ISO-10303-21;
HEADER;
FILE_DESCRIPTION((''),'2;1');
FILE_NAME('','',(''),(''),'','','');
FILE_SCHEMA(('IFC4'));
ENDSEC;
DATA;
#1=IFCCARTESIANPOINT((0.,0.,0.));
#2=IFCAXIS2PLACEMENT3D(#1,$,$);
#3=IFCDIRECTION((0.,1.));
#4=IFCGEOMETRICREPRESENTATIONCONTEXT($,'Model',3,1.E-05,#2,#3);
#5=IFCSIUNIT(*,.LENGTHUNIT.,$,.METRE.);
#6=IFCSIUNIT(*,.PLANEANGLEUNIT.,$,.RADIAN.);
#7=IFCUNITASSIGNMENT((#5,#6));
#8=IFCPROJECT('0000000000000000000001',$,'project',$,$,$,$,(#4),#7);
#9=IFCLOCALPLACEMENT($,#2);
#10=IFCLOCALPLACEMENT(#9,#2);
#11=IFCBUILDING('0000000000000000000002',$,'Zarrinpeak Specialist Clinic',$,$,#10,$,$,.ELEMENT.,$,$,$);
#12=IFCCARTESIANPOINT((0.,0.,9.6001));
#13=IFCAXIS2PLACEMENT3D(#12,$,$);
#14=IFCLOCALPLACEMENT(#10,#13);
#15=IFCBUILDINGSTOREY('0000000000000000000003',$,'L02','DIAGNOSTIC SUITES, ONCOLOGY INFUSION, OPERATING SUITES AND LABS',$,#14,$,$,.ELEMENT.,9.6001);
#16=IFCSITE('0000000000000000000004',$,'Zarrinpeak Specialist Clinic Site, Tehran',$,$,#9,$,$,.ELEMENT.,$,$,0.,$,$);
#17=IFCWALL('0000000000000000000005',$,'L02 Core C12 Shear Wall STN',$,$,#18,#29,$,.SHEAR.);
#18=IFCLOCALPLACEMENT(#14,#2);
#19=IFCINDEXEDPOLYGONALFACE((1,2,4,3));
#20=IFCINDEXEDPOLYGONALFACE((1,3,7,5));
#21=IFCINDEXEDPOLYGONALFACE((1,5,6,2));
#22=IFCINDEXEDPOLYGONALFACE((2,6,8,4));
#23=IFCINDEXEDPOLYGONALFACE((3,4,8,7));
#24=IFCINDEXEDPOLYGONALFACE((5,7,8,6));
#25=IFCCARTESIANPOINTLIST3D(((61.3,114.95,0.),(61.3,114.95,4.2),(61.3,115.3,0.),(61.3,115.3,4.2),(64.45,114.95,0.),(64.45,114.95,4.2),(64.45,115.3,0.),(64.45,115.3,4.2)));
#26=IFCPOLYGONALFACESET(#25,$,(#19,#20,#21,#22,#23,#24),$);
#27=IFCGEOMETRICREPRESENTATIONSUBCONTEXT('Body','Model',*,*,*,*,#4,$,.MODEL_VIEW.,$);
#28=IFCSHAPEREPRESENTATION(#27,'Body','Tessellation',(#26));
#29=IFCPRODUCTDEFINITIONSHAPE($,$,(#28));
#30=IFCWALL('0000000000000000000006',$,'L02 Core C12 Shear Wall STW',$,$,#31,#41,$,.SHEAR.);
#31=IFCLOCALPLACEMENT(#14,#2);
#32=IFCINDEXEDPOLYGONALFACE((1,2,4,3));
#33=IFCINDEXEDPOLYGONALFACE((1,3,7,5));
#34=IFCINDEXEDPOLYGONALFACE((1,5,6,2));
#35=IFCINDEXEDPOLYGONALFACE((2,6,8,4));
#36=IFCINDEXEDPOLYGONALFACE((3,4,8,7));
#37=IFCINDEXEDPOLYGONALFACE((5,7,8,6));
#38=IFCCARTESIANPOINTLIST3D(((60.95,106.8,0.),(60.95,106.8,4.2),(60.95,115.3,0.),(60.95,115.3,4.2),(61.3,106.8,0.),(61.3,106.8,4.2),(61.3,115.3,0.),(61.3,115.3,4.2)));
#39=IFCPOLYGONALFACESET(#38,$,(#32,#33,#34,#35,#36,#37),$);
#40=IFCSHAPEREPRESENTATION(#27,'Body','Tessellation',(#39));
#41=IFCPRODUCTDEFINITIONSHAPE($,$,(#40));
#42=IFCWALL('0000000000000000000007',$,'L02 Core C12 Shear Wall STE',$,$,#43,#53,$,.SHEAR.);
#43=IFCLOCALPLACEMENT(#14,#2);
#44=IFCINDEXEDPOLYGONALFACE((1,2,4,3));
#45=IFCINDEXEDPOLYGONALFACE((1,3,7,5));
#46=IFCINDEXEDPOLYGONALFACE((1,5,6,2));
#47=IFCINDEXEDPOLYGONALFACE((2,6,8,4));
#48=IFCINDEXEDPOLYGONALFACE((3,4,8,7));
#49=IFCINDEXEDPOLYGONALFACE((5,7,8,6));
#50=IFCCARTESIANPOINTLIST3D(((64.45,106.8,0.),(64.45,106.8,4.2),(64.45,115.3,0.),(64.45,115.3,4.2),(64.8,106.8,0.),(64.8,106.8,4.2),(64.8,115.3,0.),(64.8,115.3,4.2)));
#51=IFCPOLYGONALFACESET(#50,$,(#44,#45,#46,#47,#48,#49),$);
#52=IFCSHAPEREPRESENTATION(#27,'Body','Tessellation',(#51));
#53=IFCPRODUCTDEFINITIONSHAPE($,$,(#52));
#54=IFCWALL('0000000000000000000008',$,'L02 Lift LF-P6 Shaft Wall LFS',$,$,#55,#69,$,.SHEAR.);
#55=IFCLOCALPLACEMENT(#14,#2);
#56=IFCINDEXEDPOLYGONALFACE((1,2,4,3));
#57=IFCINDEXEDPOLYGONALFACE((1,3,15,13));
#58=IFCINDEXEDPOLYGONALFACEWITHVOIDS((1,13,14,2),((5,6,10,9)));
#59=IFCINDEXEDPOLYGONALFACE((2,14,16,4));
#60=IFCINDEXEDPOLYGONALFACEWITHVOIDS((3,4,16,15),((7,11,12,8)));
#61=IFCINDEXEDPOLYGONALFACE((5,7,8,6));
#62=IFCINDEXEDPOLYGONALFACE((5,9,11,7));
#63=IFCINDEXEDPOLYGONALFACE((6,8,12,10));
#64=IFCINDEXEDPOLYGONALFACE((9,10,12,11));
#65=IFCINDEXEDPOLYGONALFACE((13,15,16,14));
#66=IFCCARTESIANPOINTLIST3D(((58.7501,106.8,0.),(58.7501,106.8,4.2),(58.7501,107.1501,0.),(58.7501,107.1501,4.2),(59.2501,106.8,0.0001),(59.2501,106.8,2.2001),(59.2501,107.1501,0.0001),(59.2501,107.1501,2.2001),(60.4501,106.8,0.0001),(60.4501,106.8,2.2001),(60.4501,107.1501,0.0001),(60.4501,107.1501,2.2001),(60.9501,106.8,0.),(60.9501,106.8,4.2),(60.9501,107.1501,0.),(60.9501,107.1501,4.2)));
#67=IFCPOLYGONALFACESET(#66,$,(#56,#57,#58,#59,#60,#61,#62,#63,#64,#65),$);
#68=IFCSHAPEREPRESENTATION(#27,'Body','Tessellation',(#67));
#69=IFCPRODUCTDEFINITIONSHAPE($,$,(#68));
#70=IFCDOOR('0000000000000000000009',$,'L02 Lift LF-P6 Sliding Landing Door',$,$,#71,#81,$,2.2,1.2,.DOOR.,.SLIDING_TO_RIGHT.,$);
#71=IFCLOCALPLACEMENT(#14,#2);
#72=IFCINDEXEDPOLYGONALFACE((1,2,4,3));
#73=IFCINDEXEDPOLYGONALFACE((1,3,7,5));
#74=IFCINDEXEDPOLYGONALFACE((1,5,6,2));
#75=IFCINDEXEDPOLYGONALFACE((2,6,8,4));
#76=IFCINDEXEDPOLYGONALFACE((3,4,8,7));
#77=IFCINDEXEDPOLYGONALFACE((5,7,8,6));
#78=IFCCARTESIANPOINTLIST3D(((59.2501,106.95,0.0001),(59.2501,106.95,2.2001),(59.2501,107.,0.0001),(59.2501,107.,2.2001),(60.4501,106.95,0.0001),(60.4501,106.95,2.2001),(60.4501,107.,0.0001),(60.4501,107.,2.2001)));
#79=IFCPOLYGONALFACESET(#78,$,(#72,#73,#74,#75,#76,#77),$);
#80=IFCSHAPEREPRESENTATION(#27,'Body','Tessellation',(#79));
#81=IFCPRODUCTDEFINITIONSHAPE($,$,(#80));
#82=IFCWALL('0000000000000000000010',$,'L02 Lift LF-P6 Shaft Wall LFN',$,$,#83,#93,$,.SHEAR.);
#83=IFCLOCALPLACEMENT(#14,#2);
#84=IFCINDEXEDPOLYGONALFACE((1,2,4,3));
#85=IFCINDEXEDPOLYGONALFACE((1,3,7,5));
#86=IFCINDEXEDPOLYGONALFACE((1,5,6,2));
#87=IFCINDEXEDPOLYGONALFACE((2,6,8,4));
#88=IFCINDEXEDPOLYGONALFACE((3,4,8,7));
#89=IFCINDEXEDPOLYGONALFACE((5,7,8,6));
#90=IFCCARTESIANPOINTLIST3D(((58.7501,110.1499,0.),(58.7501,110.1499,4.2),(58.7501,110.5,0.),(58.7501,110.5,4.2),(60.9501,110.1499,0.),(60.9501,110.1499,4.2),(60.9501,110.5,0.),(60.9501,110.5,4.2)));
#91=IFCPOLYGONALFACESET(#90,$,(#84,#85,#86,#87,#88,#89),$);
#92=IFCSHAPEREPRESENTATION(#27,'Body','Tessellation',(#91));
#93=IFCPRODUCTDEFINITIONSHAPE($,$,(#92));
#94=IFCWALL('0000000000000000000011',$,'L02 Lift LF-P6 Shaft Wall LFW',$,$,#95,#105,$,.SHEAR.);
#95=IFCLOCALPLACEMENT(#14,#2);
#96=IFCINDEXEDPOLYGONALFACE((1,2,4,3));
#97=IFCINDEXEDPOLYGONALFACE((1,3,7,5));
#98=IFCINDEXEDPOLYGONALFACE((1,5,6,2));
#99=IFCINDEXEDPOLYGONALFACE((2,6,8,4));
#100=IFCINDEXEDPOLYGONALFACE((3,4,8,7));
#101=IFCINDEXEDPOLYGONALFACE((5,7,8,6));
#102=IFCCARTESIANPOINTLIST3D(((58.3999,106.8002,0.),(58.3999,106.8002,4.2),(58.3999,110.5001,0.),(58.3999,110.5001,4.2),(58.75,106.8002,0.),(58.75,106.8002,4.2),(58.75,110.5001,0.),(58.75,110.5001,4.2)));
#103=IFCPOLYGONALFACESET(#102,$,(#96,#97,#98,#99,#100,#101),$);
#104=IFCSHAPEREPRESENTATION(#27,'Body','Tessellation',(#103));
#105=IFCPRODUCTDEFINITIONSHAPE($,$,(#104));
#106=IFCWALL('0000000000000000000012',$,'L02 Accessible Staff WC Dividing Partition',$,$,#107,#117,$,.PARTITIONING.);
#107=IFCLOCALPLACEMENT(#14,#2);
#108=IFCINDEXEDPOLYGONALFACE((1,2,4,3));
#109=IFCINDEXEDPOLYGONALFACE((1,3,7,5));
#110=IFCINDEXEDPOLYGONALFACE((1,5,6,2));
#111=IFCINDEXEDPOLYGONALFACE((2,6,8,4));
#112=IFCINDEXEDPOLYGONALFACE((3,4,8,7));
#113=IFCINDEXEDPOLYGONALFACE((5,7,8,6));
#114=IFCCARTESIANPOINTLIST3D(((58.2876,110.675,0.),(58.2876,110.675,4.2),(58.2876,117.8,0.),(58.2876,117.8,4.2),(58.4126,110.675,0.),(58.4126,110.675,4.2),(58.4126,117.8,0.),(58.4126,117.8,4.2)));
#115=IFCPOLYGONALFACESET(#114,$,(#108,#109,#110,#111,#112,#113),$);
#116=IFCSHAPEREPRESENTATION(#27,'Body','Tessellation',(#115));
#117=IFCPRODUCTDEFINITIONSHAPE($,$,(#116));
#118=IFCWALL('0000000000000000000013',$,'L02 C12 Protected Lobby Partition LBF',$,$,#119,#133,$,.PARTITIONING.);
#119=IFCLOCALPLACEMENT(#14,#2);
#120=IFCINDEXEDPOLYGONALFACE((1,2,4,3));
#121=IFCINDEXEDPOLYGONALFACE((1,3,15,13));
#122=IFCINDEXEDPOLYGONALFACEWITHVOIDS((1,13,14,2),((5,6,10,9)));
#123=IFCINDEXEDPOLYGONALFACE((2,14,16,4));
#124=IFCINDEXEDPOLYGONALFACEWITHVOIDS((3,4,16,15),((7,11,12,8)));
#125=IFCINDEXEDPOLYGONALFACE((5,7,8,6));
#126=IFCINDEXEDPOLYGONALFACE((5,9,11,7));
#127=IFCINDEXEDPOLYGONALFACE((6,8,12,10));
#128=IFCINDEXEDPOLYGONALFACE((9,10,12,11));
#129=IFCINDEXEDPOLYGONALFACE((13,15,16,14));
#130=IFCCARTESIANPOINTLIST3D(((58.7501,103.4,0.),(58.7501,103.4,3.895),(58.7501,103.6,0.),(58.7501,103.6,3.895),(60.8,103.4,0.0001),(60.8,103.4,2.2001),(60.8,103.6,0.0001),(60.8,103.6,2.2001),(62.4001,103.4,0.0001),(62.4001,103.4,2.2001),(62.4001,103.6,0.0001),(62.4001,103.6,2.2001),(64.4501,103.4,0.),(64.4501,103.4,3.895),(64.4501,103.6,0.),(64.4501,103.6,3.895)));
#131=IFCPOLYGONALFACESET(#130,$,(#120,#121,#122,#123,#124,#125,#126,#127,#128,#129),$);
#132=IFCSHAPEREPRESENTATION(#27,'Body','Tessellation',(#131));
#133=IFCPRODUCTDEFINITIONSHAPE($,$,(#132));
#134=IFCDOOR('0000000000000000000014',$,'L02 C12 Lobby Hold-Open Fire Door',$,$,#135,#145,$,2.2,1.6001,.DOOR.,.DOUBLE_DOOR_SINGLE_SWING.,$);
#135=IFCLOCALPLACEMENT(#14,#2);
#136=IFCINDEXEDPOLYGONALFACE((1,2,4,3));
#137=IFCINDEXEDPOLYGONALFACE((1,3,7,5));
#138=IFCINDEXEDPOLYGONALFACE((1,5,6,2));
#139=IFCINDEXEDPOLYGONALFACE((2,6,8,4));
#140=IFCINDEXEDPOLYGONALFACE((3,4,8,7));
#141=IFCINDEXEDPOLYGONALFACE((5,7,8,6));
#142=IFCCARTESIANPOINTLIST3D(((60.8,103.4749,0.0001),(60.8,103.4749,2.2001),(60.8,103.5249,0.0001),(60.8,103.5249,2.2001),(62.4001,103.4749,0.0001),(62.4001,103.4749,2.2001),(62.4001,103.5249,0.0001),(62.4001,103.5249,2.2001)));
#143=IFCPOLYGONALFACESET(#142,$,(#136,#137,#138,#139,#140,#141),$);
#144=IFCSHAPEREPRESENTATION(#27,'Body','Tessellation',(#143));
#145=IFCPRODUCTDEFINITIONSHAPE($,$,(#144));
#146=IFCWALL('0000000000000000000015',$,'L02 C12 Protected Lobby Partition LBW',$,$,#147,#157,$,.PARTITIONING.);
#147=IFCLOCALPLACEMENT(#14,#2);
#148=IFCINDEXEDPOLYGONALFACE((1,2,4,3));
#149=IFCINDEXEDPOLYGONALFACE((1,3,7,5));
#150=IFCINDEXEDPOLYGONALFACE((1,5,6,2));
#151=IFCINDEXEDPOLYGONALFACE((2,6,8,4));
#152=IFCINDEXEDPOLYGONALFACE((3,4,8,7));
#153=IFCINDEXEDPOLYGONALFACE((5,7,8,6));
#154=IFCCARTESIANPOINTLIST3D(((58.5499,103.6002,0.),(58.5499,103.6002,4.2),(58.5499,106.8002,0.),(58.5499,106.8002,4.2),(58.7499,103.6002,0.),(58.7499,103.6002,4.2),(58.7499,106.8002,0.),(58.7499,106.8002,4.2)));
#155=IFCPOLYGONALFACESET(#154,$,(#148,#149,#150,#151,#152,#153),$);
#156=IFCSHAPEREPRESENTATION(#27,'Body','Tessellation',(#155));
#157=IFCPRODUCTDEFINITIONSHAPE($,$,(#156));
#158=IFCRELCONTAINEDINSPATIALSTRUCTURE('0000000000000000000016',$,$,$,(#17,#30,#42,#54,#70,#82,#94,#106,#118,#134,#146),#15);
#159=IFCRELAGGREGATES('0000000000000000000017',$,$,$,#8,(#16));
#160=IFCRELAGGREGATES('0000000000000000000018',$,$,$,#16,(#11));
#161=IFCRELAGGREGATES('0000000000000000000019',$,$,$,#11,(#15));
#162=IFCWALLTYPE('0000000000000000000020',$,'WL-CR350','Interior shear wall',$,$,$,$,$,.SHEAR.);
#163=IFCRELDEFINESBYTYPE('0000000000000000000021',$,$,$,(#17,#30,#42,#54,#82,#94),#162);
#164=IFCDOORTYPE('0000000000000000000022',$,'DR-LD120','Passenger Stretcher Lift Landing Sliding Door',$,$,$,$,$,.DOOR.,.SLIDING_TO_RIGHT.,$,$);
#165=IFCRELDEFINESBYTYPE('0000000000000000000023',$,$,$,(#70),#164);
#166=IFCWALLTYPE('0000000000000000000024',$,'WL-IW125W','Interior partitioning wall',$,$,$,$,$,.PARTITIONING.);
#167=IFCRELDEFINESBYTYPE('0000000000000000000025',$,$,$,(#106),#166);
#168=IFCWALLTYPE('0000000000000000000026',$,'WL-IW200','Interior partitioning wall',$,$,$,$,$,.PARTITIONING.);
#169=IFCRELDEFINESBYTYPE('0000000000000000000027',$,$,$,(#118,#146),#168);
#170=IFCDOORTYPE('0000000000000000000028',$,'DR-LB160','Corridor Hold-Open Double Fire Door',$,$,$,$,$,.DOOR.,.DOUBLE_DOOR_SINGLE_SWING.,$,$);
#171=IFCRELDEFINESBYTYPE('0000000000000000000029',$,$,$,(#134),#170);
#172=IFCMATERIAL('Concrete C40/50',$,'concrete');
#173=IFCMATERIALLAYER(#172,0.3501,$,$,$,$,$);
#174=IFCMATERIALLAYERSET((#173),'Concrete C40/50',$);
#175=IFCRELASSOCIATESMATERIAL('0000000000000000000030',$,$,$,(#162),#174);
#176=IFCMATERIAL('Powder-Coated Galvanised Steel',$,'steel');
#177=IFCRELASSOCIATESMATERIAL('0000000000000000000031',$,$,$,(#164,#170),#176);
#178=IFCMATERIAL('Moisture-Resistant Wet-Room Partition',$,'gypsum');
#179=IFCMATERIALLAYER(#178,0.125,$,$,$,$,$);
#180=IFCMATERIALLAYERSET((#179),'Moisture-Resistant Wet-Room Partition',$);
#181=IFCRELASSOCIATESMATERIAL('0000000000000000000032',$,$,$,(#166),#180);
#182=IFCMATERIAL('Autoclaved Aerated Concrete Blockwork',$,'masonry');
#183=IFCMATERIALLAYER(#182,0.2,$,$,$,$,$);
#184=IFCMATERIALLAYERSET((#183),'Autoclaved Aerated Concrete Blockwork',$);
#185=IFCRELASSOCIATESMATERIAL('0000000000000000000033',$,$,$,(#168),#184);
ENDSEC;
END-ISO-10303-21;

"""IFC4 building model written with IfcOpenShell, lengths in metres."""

from ifc_helpers import new_model, si_unit, direction, frame, frame_2d, origin, place, context, subcontext, project, spatial, rectangle, extrude, material, layer, layer_set, type_object, element, fill, save


model = new_model("IFC4")

# Units and contexts
model_context = context("Model", 3, precision=1e-05, world=origin(), true_north=direction((0.0, 1.0)))
body_context = subcontext(model_context, "Body", "Model", "MODEL_VIEW")
ifc_project = project(units=[si_unit("LENGTHUNIT", "METRE"), si_unit("PLANEANGLEUNIT", "RADIAN")], contexts=[model_context])

# Site, building, storey
site_placement = place(None, origin())
site = spatial("IfcSite", under=ifc_project, at=site_placement, Name="Zarrinpeak Specialist Clinic Site, Tehran", CompositionType="ELEMENT", RefElevation=0.0)
building_placement = place(site_placement, origin())
building = spatial("IfcBuilding", under=site, at=building_placement, Name="Zarrinpeak Specialist Clinic", CompositionType="ELEMENT")
storey_placement = place(building_placement, frame((0.0, 0.0, 9.6001)))
storey = spatial("IfcBuildingStorey", under=building, at=storey_placement, Name="L02", Description="DIAGNOSTIC SUITES, ONCOLOGY INFUSION, OPERATING SUITES AND LABS", CompositionType="ELEMENT", Elevation=9.6001)

# Shared definitions
ifc_material_1 = material(Name="Concrete C40/50", Category="concrete")
ifc_layer_1 = layer(ifc_material_1, 0.3501)
ifc_layer_set_1 = layer_set([ifc_layer_1], Name="Concrete C40/50")
wall_type_1 = type_object("IfcWallType", Name="WL-CR350", Description="Interior shear wall", PredefinedType="SHEAR", material=ifc_layer_set_1)
ifc_material_2 = material(Name="Powder-Coated Galvanised Steel", Category="steel")

# Walls
wall_1_placement = place(storey_placement, frame((61.3, 115.125, 0.0), z_axis=(0.0, 0.0, 1.0), x_axis=(1.0, 0.0, 0.0)))
element("IfcWall", 1, at=wall_1_placement, inside=storey, type_object=wall_type_1, Name="L02 Core C12 Shear Wall STN", PredefinedType="SHEAR", context=body_context, shape_type="SweptSolid", body=[
    extrude(rectangle(XDim=3.1499, YDim=0.3501, at=frame_2d((1.575, 0.0))), origin(), (0.0, 0.0, 1.0), 4.2),
])
for number, where, z_axis, x_axis, name in (
    (2, (61.125, 106.8, 0.0), (0.0, 0.0, 1.0), (0.0, 1.0, 0.0), "L02 Core C12 Shear Wall STW"),
    (3, (64.625, 106.8, 0.0), (0.0, 0.0, 1.0), (0.0, 1.0, 0.0), "L02 Core C12 Shear Wall STE"),
):
    element("IfcWall", number, at=place(storey_placement, frame(where, z_axis=z_axis, x_axis=x_axis)), inside=storey, type_object=wall_type_1, Name=name, PredefinedType="SHEAR", context=body_context, shape_type="SweptSolid", body=[
        extrude(rectangle(XDim=8.5, YDim=0.3501, at=frame_2d((4.25, 0.0))), origin(), (0.0, 0.0, 1.0), 4.2),
    ])

# Wall, opening, door
wall_2_placement = place(storey_placement, frame((58.75, 106.9751, 0.0), z_axis=(0.0, 0.0, 1.0), x_axis=(1.0, 0.0, 0.0)))
wall_2 = element("IfcWall", 4, at=wall_2_placement, inside=storey, type_object=wall_type_1, Name="L02 Lift LF-P6 Shaft Wall LFS", PredefinedType="SHEAR", context=body_context, shape_type="SweptSolid", body=[
    extrude(rectangle(XDim=2.2, YDim=0.3501, at=frame_2d((1.1001, 0.0))), origin(), (0.0, 0.0, 1.0), 4.2),
])
opening_1_placement = place(wall_2_placement, frame((0.5, 0.0, 0.0)))
opening_1 = element("IfcOpeningElement", 5, at=opening_1_placement, cuts=wall_2, PredefinedType="OPENING", context=body_context, shape_type="SweptSolid", body=[
    extrude(rectangle(XDim=1.2, YDim=2.2, at=frame_2d((0.6001, 1.1001))), frame((0.0, 0.1851, 0.0), z_axis=(0.0, -1.0, 0.0), x_axis=(1.0, 0.0, 0.0)), (0.0, 0.0, 1.0), 0.3701),
])
door_type_1 = type_object("IfcDoorType", Name="DR-LD120", Description="Passenger Stretcher Lift Landing Sliding Door", OperationType="SLIDING_TO_RIGHT", PredefinedType="DOOR", material=ifc_material_2)
door_1_placement = place(opening_1_placement, origin())
door_1 = element("IfcDoor", 6, at=door_1_placement, inside=storey, type_object=door_type_1, Name="L02 Lift LF-P6 Sliding Landing Door", OperationType="SLIDING_TO_RIGHT", OverallHeight=2.2, OverallWidth=1.2, PredefinedType="DOOR", context=body_context, shape_type="SweptSolid", body=[
    extrude(rectangle(XDim=1.2, YDim=2.2, at=frame_2d((0.6001, 1.1001))), frame((0.0, 0.0249, 0.0), z_axis=(0.0, -1.0, 0.0), x_axis=(1.0, 0.0, 0.0)), (0.0, 0.0, 1.0), 0.05),
])
fill(opening_1, door_1)

# Walls
wall_3_placement = place(storey_placement, frame((58.75, 110.325, 0.0), z_axis=(0.0, 0.0, 1.0), x_axis=(1.0, 0.0, 0.0)))
element("IfcWall", 7, at=wall_3_placement, inside=storey, type_object=wall_type_1, Name="L02 Lift LF-P6 Shaft Wall LFN", PredefinedType="SHEAR", context=body_context, shape_type="SweptSolid", body=[
    extrude(rectangle(XDim=2.2, YDim=0.3501, at=frame_2d((1.1001, 0.0))), origin(), (0.0, 0.0, 1.0), 4.2),
])
wall_4_placement = place(storey_placement, frame((58.575, 106.8, 0.0), z_axis=(0.0, 0.0, 1.0), x_axis=(0.0, 1.0, 0.0)))
element("IfcWall", 8, at=wall_4_placement, inside=storey, type_object=wall_type_1, Name="L02 Lift LF-P6 Shaft Wall LFW", PredefinedType="SHEAR", context=body_context, shape_type="SweptSolid", body=[
    extrude(rectangle(XDim=3.7, YDim=0.3501, at=frame_2d((1.8501, 0.0))), origin(), (0.0, 0.0, 1.0), 4.2),
])
ifc_material_3 = material(Name="Moisture-Resistant Wet-Room Partition", Category="gypsum")
ifc_layer_2 = layer(ifc_material_3, 0.125)
ifc_layer_set_2 = layer_set([ifc_layer_2], Name="Moisture-Resistant Wet-Room Partition")
wall_type_2 = type_object("IfcWallType", Name="WL-IW125W", Description="Interior partitioning wall", PredefinedType="PARTITIONING", material=ifc_layer_set_2)
wall_5_placement = place(storey_placement, frame((58.3501, 110.675, 0.0), z_axis=(0.0, 0.0, 1.0), x_axis=(0.0, 1.0, 0.0)))
element("IfcWall", 9, at=wall_5_placement, inside=storey, type_object=wall_type_2, Name="L02 Accessible Staff WC Dividing Partition", PredefinedType="PARTITIONING", context=body_context, shape_type="SweptSolid", body=[
    extrude(rectangle(XDim=7.125, YDim=0.125, at=frame_2d((3.5625, 0.0))), origin(), (0.0, 0.0, 1.0), 4.2),
])

# Wall, opening, door
ifc_material_4 = material(Name="Autoclaved Aerated Concrete Blockwork", Category="masonry")
ifc_layer_3 = layer(ifc_material_4, 0.2)
ifc_layer_set_3 = layer_set([ifc_layer_3], Name="Autoclaved Aerated Concrete Blockwork")
wall_type_3 = type_object("IfcWallType", Name="WL-IW200", Description="Interior partitioning wall", PredefinedType="PARTITIONING", material=ifc_layer_set_3)
wall_6_placement = place(storey_placement, frame((58.75, 103.5, 0.0), z_axis=(0.0, 0.0, 1.0), x_axis=(1.0, 0.0, 0.0)))
wall_6 = element("IfcWall", 10, at=wall_6_placement, inside=storey, type_object=wall_type_3, Name="L02 C12 Protected Lobby Partition LBF", PredefinedType="PARTITIONING", context=body_context, shape_type="SweptSolid", body=[
    extrude(rectangle(XDim=5.7, YDim=0.2, at=frame_2d((2.8501, 0.0))), origin(), (0.0, 0.0, 1.0), 3.895),
])
opening_2_placement = place(wall_6_placement, frame((2.05, 0.0, 0.0)))
opening_2 = element("IfcOpeningElement", 11, at=opening_2_placement, cuts=wall_6, PredefinedType="OPENING", context=body_context, shape_type="SweptSolid", body=[
    extrude(rectangle(XDim=1.6001, YDim=2.2, at=frame_2d((0.8, 1.1001))), frame((0.0, 0.1099, 0.0), z_axis=(0.0, -1.0, 0.0), x_axis=(1.0, 0.0, 0.0)), (0.0, 0.0, 1.0), 0.22),
])
door_type_2 = type_object("IfcDoorType", Name="DR-LB160", Description="Corridor Hold-Open Double Fire Door", OperationType="DOUBLE_DOOR_SINGLE_SWING", PredefinedType="DOOR", material=ifc_material_2)
door_2_placement = place(opening_2_placement, origin())
door_2 = element("IfcDoor", 12, at=door_2_placement, inside=storey, type_object=door_type_2, Name="L02 C12 Lobby Hold-Open Fire Door", OperationType="DOUBLE_DOOR_SINGLE_SWING", OverallHeight=2.2, OverallWidth=1.6001, PredefinedType="DOOR", context=body_context, shape_type="SweptSolid", body=[
    extrude(rectangle(XDim=1.6001, YDim=2.2, at=frame_2d((0.8, 1.1001))), frame((0.0, 0.0249, 0.0), z_axis=(0.0, -1.0, 0.0), x_axis=(1.0, 0.0, 0.0)), (0.0, 0.0, 1.0), 0.05),
])
fill(opening_2, door_2)

# Wall
wall_7_placement = place(storey_placement, frame((58.6499, 103.6001, 0.0), z_axis=(0.0, 0.0, 1.0), x_axis=(0.0, 1.0, 0.0)))
element("IfcWall", 13, at=wall_7_placement, inside=storey, type_object=wall_type_3, Name="L02 C12 Protected Lobby Partition LBW", PredefinedType="PARTITIONING", context=body_context, shape_type="SweptSolid", body=[
    extrude(rectangle(XDim=3.2, YDim=0.2, at=frame_2d((1.6001, 0.0))), origin(), (0.0, 0.0, 1.0), 4.2),
])

save(model, "model.ifc")
